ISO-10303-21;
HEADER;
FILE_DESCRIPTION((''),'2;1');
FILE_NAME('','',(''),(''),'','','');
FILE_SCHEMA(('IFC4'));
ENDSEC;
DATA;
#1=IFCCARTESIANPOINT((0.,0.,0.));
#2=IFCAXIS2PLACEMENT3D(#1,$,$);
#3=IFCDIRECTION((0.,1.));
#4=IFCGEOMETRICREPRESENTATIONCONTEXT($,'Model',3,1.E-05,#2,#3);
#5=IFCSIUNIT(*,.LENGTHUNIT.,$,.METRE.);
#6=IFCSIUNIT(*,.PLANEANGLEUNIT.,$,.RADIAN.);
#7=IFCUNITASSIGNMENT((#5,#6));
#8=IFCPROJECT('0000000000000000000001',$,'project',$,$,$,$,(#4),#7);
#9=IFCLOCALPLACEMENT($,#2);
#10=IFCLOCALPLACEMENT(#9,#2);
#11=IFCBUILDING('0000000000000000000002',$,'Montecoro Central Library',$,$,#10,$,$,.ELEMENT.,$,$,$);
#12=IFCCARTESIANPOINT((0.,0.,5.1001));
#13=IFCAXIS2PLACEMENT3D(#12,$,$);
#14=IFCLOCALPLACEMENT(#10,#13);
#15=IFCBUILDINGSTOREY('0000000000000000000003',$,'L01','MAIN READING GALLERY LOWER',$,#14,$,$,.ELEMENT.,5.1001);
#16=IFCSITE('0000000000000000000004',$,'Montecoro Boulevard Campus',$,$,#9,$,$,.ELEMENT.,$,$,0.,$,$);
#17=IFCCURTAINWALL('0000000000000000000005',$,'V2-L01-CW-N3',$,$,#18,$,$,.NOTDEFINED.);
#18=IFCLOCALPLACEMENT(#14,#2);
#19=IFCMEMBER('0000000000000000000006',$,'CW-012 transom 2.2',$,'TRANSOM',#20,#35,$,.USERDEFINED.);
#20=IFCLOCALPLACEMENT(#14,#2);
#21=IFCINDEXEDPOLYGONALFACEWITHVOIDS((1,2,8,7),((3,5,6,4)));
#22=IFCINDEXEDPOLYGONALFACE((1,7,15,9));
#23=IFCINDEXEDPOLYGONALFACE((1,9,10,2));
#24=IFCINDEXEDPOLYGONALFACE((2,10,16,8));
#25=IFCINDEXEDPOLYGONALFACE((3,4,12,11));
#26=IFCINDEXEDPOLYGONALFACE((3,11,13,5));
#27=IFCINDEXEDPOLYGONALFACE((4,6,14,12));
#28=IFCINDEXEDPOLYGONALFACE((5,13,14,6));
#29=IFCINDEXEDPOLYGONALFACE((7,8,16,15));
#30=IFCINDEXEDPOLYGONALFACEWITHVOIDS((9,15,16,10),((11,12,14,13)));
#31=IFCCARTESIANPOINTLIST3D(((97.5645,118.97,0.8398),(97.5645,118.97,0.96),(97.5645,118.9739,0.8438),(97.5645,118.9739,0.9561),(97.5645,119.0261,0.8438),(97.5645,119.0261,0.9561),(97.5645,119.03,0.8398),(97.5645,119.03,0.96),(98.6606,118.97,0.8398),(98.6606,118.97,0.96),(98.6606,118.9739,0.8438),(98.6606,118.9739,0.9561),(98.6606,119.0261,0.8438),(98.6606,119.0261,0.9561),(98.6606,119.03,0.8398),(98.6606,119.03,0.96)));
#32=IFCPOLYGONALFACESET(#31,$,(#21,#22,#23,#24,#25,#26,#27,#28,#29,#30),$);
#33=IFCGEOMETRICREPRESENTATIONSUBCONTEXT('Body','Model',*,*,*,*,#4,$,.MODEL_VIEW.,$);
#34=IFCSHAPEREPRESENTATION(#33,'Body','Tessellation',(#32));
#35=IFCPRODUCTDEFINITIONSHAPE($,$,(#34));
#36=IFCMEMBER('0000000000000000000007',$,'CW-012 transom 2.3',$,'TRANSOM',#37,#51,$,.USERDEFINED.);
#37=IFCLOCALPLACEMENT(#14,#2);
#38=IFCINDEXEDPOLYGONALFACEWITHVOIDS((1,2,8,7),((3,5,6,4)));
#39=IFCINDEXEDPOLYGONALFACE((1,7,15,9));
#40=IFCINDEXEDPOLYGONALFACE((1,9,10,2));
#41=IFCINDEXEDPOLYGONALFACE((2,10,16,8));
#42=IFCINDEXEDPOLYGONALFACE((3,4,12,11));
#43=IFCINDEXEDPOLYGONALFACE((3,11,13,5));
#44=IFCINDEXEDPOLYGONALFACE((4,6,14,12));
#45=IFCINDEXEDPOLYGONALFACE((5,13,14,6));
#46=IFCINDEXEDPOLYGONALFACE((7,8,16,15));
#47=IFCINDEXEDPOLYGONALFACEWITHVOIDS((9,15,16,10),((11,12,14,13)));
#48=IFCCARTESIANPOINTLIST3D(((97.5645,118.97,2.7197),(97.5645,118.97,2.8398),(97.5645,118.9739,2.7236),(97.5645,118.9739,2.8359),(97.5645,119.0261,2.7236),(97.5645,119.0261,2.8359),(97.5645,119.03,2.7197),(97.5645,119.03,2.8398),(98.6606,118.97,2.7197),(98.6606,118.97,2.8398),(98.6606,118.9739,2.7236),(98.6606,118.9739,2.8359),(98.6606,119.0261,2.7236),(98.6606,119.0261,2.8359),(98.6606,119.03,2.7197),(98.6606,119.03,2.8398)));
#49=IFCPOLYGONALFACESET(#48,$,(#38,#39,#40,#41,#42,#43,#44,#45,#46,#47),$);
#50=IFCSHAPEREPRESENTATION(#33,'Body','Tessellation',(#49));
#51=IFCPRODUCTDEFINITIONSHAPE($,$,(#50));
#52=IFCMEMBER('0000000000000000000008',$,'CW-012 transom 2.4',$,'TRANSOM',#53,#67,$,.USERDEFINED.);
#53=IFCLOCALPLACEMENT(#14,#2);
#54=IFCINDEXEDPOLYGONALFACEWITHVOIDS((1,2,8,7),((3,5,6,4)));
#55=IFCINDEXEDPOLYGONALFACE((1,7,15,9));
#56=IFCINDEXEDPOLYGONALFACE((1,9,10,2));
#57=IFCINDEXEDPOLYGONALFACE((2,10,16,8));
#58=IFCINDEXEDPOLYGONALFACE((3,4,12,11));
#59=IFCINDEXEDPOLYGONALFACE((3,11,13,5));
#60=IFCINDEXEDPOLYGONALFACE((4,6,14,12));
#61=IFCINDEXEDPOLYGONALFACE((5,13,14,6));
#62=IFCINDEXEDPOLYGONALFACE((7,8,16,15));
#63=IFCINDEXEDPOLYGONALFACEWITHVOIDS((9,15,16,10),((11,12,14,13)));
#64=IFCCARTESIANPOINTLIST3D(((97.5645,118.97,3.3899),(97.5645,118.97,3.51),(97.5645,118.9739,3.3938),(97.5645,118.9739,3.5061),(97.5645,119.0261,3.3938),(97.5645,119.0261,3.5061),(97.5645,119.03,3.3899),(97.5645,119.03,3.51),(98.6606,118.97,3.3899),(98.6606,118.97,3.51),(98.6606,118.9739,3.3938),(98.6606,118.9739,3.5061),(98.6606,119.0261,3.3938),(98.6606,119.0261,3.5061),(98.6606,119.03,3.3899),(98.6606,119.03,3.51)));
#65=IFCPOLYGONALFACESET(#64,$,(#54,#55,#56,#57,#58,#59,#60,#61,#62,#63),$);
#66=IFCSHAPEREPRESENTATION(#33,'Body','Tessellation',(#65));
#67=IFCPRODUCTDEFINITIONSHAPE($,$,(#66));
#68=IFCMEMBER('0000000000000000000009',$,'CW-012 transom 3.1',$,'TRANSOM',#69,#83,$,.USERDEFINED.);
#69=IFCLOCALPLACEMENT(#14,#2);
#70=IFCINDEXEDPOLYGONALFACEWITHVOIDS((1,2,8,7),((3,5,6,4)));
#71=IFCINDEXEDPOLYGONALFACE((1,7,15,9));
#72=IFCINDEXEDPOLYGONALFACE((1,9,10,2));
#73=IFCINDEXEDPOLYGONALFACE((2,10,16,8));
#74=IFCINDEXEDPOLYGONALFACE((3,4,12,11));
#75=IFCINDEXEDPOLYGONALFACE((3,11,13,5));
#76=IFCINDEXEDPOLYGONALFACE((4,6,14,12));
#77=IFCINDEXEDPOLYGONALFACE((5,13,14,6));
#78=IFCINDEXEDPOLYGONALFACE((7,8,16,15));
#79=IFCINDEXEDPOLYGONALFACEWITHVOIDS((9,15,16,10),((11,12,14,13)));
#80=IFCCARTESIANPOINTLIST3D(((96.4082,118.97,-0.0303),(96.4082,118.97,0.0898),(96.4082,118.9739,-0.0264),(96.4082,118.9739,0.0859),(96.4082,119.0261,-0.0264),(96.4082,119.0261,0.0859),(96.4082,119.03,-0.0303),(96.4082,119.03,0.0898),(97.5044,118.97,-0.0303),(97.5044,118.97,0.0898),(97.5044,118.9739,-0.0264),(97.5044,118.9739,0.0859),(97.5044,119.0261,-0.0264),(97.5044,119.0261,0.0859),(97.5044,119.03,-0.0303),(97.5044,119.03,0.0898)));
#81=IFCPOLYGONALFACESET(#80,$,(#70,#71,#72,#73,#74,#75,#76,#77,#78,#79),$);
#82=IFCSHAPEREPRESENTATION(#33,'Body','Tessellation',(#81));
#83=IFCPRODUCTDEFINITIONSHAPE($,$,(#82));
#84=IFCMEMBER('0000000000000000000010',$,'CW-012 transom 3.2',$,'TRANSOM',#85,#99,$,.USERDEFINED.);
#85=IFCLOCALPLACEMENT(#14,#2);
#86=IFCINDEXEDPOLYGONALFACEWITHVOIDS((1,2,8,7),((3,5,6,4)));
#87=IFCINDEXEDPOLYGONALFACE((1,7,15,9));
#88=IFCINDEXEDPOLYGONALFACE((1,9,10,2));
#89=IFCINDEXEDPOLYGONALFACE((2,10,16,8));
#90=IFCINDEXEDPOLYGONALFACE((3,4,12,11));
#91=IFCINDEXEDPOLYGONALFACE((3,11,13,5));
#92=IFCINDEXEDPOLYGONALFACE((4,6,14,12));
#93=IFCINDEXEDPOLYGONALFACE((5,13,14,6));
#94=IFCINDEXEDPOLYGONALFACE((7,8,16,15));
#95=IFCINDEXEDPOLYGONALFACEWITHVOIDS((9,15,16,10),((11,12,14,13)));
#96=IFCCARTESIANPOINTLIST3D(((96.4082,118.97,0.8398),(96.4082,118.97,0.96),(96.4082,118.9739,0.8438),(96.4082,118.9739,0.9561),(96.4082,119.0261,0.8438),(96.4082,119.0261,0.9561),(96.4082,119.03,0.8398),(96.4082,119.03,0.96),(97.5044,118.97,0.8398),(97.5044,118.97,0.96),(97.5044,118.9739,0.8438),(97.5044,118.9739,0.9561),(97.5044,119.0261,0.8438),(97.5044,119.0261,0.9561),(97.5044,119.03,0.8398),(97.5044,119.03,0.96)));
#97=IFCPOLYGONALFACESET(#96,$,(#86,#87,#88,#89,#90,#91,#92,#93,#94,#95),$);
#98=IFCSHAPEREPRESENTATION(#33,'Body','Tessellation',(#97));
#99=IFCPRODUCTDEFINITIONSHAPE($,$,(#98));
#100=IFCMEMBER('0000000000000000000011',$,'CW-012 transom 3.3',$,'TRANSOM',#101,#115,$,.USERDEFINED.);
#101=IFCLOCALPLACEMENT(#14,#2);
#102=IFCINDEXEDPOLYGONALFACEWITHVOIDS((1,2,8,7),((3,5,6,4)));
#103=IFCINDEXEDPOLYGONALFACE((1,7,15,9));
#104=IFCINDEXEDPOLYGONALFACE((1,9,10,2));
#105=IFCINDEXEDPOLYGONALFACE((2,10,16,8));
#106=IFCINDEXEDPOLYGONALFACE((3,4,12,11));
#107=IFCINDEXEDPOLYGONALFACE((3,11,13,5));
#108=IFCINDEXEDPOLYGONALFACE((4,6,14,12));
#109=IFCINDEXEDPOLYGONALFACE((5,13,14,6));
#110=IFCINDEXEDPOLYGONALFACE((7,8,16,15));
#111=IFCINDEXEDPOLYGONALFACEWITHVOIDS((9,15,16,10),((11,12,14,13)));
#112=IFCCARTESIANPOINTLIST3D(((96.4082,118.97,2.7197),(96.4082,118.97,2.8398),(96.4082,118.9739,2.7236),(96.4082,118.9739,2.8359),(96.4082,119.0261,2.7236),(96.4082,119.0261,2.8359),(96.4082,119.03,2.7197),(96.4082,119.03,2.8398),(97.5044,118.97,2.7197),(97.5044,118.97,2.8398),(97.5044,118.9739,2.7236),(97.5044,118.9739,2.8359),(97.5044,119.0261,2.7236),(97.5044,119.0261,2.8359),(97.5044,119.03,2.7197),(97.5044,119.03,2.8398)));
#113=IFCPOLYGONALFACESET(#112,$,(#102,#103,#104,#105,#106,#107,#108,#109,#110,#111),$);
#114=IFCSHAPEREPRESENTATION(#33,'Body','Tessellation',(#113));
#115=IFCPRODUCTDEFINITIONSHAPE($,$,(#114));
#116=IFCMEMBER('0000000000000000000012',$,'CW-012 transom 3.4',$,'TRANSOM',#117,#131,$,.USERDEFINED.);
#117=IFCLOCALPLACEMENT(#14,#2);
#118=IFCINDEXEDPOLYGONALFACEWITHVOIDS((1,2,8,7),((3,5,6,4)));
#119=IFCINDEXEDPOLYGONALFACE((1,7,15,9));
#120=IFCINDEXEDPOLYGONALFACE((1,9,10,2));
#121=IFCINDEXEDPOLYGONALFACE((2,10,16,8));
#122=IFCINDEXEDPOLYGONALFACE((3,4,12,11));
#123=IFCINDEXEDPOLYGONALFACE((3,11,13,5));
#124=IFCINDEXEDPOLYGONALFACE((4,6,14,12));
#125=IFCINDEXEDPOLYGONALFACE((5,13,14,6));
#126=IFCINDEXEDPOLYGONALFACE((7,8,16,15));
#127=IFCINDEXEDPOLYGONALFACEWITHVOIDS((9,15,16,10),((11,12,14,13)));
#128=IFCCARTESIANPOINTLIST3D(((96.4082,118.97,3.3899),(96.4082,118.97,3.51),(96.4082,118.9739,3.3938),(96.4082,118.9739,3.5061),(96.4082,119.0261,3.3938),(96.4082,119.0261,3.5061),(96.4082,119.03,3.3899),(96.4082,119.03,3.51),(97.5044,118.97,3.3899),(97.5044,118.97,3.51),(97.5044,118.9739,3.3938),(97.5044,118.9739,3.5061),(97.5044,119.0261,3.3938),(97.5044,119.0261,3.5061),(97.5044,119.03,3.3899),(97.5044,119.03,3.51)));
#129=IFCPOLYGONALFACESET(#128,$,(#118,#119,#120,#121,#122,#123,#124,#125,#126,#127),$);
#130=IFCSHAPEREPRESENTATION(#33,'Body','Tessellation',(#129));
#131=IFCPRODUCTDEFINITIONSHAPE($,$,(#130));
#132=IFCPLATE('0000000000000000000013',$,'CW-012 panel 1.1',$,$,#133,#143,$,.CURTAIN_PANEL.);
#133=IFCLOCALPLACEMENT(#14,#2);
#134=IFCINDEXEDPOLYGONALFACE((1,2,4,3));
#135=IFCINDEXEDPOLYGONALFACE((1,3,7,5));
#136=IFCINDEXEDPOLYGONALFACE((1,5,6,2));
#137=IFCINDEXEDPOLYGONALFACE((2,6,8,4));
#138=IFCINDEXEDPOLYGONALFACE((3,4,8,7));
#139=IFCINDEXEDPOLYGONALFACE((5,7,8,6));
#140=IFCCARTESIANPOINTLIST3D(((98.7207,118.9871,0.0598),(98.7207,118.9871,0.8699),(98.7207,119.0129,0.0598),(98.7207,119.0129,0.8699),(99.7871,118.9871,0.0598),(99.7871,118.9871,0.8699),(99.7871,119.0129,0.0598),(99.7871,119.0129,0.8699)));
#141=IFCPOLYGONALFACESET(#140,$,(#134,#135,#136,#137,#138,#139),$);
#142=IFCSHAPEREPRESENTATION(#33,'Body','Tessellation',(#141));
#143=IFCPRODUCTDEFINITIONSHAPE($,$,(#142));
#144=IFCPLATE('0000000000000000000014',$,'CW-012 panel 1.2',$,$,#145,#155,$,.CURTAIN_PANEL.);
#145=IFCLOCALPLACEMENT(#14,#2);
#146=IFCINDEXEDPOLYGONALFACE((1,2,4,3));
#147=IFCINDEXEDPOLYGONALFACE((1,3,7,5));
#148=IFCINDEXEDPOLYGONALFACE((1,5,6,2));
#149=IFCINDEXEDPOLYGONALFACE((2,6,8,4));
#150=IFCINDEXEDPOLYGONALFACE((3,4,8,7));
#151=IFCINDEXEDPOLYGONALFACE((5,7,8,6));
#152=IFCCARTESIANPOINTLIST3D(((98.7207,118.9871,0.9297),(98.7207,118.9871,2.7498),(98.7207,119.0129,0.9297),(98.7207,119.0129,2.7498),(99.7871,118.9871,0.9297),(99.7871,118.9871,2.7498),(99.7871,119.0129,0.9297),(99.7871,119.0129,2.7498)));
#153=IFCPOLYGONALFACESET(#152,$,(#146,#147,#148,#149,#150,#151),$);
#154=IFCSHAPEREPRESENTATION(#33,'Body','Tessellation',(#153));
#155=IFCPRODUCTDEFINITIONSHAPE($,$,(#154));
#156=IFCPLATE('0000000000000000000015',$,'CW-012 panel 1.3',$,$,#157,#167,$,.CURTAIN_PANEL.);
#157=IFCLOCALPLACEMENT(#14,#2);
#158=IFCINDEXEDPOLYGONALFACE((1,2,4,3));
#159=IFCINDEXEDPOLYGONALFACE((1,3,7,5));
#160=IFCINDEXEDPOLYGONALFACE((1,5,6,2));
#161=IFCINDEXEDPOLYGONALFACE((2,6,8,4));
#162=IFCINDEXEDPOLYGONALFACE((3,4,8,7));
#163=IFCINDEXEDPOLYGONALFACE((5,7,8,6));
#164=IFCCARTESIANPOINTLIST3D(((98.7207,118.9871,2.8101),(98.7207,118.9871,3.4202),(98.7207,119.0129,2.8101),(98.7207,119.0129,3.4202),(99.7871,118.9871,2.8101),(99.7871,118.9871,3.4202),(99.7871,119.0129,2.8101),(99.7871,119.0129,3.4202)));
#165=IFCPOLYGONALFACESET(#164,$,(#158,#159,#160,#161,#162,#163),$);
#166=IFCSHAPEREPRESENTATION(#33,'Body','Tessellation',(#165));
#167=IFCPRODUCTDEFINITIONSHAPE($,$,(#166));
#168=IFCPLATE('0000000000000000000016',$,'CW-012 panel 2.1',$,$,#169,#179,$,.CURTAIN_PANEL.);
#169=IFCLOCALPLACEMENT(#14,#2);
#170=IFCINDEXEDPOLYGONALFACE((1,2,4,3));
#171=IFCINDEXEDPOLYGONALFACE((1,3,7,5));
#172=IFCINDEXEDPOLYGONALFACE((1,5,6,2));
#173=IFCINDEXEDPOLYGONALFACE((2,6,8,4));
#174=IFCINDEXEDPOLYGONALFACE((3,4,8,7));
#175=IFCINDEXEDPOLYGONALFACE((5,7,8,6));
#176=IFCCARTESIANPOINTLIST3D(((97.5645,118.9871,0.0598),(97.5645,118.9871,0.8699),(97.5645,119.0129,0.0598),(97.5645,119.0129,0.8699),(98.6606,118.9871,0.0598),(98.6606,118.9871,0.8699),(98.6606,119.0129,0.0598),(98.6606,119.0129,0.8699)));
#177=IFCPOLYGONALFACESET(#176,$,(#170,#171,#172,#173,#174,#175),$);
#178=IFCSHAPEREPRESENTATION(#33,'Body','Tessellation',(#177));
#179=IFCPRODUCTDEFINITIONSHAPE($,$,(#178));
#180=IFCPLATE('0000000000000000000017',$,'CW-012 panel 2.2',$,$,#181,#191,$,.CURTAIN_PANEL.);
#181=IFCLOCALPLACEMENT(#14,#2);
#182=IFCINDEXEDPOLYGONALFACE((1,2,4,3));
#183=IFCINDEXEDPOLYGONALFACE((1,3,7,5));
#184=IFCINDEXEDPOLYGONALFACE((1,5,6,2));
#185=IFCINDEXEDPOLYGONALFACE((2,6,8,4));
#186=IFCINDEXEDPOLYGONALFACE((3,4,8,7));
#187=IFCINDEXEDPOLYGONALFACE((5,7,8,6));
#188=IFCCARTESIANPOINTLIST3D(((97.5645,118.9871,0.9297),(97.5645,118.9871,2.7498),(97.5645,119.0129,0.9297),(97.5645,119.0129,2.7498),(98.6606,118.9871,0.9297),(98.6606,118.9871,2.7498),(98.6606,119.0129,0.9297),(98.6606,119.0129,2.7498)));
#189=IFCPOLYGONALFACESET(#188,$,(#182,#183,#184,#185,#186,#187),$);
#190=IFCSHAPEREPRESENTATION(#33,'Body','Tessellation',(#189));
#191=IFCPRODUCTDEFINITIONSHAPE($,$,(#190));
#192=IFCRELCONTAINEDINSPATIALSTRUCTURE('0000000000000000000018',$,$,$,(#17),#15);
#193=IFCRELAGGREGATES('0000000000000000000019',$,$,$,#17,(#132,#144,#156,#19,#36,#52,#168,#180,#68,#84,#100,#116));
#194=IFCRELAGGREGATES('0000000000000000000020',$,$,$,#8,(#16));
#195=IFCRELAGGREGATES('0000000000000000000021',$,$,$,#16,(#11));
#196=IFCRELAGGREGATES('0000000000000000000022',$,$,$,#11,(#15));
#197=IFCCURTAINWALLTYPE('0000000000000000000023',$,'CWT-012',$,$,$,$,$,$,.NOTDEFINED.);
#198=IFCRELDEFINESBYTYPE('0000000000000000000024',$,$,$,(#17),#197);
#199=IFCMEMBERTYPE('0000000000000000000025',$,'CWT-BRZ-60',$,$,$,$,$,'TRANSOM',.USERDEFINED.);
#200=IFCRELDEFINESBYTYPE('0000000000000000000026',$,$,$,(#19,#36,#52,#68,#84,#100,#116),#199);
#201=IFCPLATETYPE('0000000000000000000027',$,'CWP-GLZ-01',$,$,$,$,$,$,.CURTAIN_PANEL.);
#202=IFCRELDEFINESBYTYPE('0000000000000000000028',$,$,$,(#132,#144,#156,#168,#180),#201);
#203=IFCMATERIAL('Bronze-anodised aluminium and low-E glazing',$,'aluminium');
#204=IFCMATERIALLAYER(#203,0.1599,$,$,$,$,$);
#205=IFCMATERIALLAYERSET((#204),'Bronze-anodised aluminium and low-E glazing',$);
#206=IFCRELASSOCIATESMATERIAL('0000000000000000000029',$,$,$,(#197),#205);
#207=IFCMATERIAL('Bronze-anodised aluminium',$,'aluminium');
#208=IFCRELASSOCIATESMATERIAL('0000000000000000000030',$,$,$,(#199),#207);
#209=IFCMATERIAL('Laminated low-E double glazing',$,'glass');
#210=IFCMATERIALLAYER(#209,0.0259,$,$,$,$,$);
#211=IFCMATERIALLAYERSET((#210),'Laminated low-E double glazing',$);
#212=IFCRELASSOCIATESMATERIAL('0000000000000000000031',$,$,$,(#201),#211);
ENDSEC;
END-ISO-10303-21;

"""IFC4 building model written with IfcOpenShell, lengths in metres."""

from ifc_helpers import new_model, si_unit, direction, frame, origin, origin_2d, place, context, subcontext, project, spatial, rectangle, hollow_rectangle, extrude, material, layer, layer_set, material_profile, profile_set, type_object, element, aggregate, save


model = new_model("IFC4")

# Units and contexts
model_context = context("Model", 3, precision=1e-05, world=origin(), true_north=direction((0.0, 1.0)))
body_context = subcontext(model_context, "Body", "Model", "MODEL_VIEW")
ifc_project = project(units=[si_unit("LENGTHUNIT", "METRE"), si_unit("PLANEANGLEUNIT", "RADIAN")], contexts=[model_context])

# Site, building, storey
site_placement = place(None, origin())
site = spatial("IfcSite", under=ifc_project, at=site_placement, Name="Montecoro Boulevard Campus", CompositionType="ELEMENT", RefElevation=0.0)
building_placement = place(site_placement, origin())
building = spatial("IfcBuilding", under=site, at=building_placement, Name="Montecoro Central Library", CompositionType="ELEMENT")
storey_placement = place(building_placement, frame((0.0, 0.0, 5.1001)))
storey = spatial("IfcBuildingStorey", under=building, at=storey_placement, Name="L01", Description="MAIN READING GALLERY LOWER", CompositionType="ELEMENT", Elevation=5.1001)

# Curtain wall, members, plates
ifc_material_1 = material(Name="Bronze-anodised aluminium and low-E glazing", Category="aluminium")
ifc_layer_1 = layer(ifc_material_1, 0.1599)
ifc_layer_set_1 = layer_set([ifc_layer_1], Name="Bronze-anodised aluminium and low-E glazing")
curtain_wall_type = type_object("IfcCurtainWallType", Name="CWT-012", PredefinedType="NOTDEFINED", material=ifc_layer_set_1)
curtain_wall_placement = place(storey_placement, origin())
curtain_wall = element("IfcCurtainWall", 1, at=curtain_wall_placement, inside=storey, type_object=curtain_wall_type, Name="V2-L01-CW-N3", PredefinedType="NOTDEFINED")
ifc_material_2 = material(Name="Bronze-anodised aluminium", Category="aluminium")
ifc_material_profile_1 = material_profile(ifc_material_2, hollow_rectangle(XDim=0.0601, YDim=0.1201, WallThickness=0.0039, at=origin_2d()), Name="CWT 120x60x4.0")
ifc_profile_set_1 = profile_set([ifc_material_profile_1], Name="Bronze-anodised aluminium")
member_type_1 = type_object("IfcMemberType", Name="CWT-BRZ-60", ElementType="TRANSOM", PredefinedType="USERDEFINED", material=ifc_profile_set_1)
member_1_placement = place(storey_placement, frame((98.6606, 119.0, 0.8999), z_axis=(-1.0, 0.0, 0.0), x_axis=(0.0, -1.0, 0.0)))
member_1 = element("IfcMember", 2, at=member_1_placement, type_object=member_type_1, Name="CW-012 transom 2.2", ObjectType="TRANSOM", PredefinedType="USERDEFINED", context=body_context, shape_type="SweptSolid", body=[
    extrude(hollow_rectangle(XDim=0.0601, YDim=0.1201, WallThickness=0.0039, at=origin_2d()), origin(), (0.0, 0.0, 1.0), 1.0962),
])
member_2_placement = place(storey_placement, frame((98.6606, 119.0, 2.7798), z_axis=(-1.0, 0.0, 0.0), x_axis=(0.0, -1.0, 0.0)))
member_2 = element("IfcMember", 3, at=member_2_placement, type_object=member_type_1, Name="CW-012 transom 2.3", ObjectType="TRANSOM", PredefinedType="USERDEFINED", context=body_context, shape_type="SweptSolid", body=[
    extrude(hollow_rectangle(XDim=0.0601, YDim=0.1201, WallThickness=0.0039, at=origin_2d()), origin(), (0.0, 0.0, 1.0), 1.0962),
])
member_3_placement = place(storey_placement, frame((98.6606, 119.0, 3.45), z_axis=(-1.0, 0.0, 0.0), x_axis=(0.0, -1.0, 0.0)))
member_3 = element("IfcMember", 4, at=member_3_placement, type_object=member_type_1, Name="CW-012 transom 2.4", ObjectType="TRANSOM", PredefinedType="USERDEFINED", context=body_context, shape_type="SweptSolid", body=[
    extrude(hollow_rectangle(XDim=0.0601, YDim=0.1201, WallThickness=0.0039, at=origin_2d()), origin(), (0.0, 0.0, 1.0), 1.0962),
])
member_4_placement = place(storey_placement, frame((97.5044, 119.0, 0.0298), z_axis=(-1.0, 0.0, 0.0), x_axis=(0.0, -1.0, 0.0)))
member_4 = element("IfcMember", 5, at=member_4_placement, type_object=member_type_1, Name="CW-012 transom 3.1", ObjectType="TRANSOM", PredefinedType="USERDEFINED", context=body_context, shape_type="SweptSolid", body=[
    extrude(hollow_rectangle(XDim=0.0601, YDim=0.1201, WallThickness=0.0039, at=origin_2d()), origin(), (0.0, 0.0, 1.0), 1.0962),
])
member_5_placement = place(storey_placement, frame((97.5044, 119.0, 0.8999), z_axis=(-1.0, 0.0, 0.0), x_axis=(0.0, -1.0, 0.0)))
member_5 = element("IfcMember", 6, at=member_5_placement, type_object=member_type_1, Name="CW-012 transom 3.2", ObjectType="TRANSOM", PredefinedType="USERDEFINED", context=body_context, shape_type="SweptSolid", body=[
    extrude(hollow_rectangle(XDim=0.0601, YDim=0.1201, WallThickness=0.0039, at=origin_2d()), origin(), (0.0, 0.0, 1.0), 1.0962),
])
member_6_placement = place(storey_placement, frame((97.5044, 119.0, 2.7798), z_axis=(-1.0, 0.0, 0.0), x_axis=(0.0, -1.0, 0.0)))
member_6 = element("IfcMember", 7, at=member_6_placement, type_object=member_type_1, Name="CW-012 transom 3.3", ObjectType="TRANSOM", PredefinedType="USERDEFINED", context=body_context, shape_type="SweptSolid", body=[
    extrude(hollow_rectangle(XDim=0.0601, YDim=0.1201, WallThickness=0.0039, at=origin_2d()), origin(), (0.0, 0.0, 1.0), 1.0962),
])
member_7_placement = place(storey_placement, frame((97.5044, 119.0, 3.45), z_axis=(-1.0, 0.0, 0.0), x_axis=(0.0, -1.0, 0.0)))
member_7 = element("IfcMember", 8, at=member_7_placement, type_object=member_type_1, Name="CW-012 transom 3.4", ObjectType="TRANSOM", PredefinedType="USERDEFINED", context=body_context, shape_type="SweptSolid", body=[
    extrude(hollow_rectangle(XDim=0.0601, YDim=0.1201, WallThickness=0.0039, at=origin_2d()), origin(), (0.0, 0.0, 1.0), 1.0962),
])
ifc_material_3 = material(Name="Laminated low-E double glazing", Category="glass")
ifc_layer_2 = layer(ifc_material_3, 0.0259)
ifc_layer_set_2 = layer_set([ifc_layer_2], Name="Laminated low-E double glazing")
plate_type = type_object("IfcPlateType", Name="CWP-GLZ-01", PredefinedType="CURTAIN_PANEL", material=ifc_layer_set_2)
plate_1_placement = place(storey_placement, frame((99.2539, 119.0, 0.0598), z_axis=(0.0, 0.0, 1.0), x_axis=(-1.0, 0.0, 0.0)))
plate_1 = element("IfcPlate", 9, at=plate_1_placement, type_object=plate_type, Name="CW-012 panel 1.1", PredefinedType="CURTAIN_PANEL", context=body_context, shape_type="SweptSolid", body=[
    extrude(rectangle(XDim=1.0664, YDim=0.0259, at=origin_2d()), origin(), (0.0, 0.0, 1.0), 0.8101),
])
plate_2_placement = place(storey_placement, frame((99.2539, 119.0, 0.9297), z_axis=(0.0, 0.0, 1.0), x_axis=(-1.0, 0.0, 0.0)))
plate_2 = element("IfcPlate", 10, at=plate_2_placement, type_object=plate_type, Name="CW-012 panel 1.2", PredefinedType="CURTAIN_PANEL", context=body_context, shape_type="SweptSolid", body=[
    extrude(rectangle(XDim=1.0664, YDim=0.0259, at=origin_2d()), origin(), (0.0, 0.0, 1.0), 1.8201),
])
plate_3_placement = place(storey_placement, frame((99.2539, 119.0, 2.8101), z_axis=(0.0, 0.0, 1.0), x_axis=(-1.0, 0.0, 0.0)))
plate_3 = element("IfcPlate", 11, at=plate_3_placement, type_object=plate_type, Name="CW-012 panel 1.3", PredefinedType="CURTAIN_PANEL", context=body_context, shape_type="SweptSolid", body=[
    extrude(rectangle(XDim=1.0664, YDim=0.0259, at=origin_2d()), origin(), (0.0, 0.0, 1.0), 0.6101),
])
plate_4_placement = place(storey_placement, frame((98.1125, 119.0, 0.0598), z_axis=(0.0, 0.0, 1.0), x_axis=(-1.0, 0.0, 0.0)))
plate_4 = element("IfcPlate", 12, at=plate_4_placement, type_object=plate_type, Name="CW-012 panel 2.1", PredefinedType="CURTAIN_PANEL", context=body_context, shape_type="SweptSolid", body=[
    extrude(rectangle(XDim=1.0962, YDim=0.0259, at=origin_2d()), origin(), (0.0, 0.0, 1.0), 0.8101),
])
plate_5_placement = place(storey_placement, frame((98.1125, 119.0, 0.9297), z_axis=(0.0, 0.0, 1.0), x_axis=(-1.0, 0.0, 0.0)))
plate_5 = element("IfcPlate", 13, at=plate_5_placement, type_object=plate_type, Name="CW-012 panel 2.2", PredefinedType="CURTAIN_PANEL", context=body_context, shape_type="SweptSolid", body=[
    extrude(rectangle(XDim=1.0962, YDim=0.0259, at=origin_2d()), origin(), (0.0, 0.0, 1.0), 1.8201),
])
aggregate(curtain_wall, [plate_1, plate_2, plate_3, member_1, member_2, member_3, plate_4, plate_5, member_4, member_5, member_6, member_7])

save(model, "model.ifc")
